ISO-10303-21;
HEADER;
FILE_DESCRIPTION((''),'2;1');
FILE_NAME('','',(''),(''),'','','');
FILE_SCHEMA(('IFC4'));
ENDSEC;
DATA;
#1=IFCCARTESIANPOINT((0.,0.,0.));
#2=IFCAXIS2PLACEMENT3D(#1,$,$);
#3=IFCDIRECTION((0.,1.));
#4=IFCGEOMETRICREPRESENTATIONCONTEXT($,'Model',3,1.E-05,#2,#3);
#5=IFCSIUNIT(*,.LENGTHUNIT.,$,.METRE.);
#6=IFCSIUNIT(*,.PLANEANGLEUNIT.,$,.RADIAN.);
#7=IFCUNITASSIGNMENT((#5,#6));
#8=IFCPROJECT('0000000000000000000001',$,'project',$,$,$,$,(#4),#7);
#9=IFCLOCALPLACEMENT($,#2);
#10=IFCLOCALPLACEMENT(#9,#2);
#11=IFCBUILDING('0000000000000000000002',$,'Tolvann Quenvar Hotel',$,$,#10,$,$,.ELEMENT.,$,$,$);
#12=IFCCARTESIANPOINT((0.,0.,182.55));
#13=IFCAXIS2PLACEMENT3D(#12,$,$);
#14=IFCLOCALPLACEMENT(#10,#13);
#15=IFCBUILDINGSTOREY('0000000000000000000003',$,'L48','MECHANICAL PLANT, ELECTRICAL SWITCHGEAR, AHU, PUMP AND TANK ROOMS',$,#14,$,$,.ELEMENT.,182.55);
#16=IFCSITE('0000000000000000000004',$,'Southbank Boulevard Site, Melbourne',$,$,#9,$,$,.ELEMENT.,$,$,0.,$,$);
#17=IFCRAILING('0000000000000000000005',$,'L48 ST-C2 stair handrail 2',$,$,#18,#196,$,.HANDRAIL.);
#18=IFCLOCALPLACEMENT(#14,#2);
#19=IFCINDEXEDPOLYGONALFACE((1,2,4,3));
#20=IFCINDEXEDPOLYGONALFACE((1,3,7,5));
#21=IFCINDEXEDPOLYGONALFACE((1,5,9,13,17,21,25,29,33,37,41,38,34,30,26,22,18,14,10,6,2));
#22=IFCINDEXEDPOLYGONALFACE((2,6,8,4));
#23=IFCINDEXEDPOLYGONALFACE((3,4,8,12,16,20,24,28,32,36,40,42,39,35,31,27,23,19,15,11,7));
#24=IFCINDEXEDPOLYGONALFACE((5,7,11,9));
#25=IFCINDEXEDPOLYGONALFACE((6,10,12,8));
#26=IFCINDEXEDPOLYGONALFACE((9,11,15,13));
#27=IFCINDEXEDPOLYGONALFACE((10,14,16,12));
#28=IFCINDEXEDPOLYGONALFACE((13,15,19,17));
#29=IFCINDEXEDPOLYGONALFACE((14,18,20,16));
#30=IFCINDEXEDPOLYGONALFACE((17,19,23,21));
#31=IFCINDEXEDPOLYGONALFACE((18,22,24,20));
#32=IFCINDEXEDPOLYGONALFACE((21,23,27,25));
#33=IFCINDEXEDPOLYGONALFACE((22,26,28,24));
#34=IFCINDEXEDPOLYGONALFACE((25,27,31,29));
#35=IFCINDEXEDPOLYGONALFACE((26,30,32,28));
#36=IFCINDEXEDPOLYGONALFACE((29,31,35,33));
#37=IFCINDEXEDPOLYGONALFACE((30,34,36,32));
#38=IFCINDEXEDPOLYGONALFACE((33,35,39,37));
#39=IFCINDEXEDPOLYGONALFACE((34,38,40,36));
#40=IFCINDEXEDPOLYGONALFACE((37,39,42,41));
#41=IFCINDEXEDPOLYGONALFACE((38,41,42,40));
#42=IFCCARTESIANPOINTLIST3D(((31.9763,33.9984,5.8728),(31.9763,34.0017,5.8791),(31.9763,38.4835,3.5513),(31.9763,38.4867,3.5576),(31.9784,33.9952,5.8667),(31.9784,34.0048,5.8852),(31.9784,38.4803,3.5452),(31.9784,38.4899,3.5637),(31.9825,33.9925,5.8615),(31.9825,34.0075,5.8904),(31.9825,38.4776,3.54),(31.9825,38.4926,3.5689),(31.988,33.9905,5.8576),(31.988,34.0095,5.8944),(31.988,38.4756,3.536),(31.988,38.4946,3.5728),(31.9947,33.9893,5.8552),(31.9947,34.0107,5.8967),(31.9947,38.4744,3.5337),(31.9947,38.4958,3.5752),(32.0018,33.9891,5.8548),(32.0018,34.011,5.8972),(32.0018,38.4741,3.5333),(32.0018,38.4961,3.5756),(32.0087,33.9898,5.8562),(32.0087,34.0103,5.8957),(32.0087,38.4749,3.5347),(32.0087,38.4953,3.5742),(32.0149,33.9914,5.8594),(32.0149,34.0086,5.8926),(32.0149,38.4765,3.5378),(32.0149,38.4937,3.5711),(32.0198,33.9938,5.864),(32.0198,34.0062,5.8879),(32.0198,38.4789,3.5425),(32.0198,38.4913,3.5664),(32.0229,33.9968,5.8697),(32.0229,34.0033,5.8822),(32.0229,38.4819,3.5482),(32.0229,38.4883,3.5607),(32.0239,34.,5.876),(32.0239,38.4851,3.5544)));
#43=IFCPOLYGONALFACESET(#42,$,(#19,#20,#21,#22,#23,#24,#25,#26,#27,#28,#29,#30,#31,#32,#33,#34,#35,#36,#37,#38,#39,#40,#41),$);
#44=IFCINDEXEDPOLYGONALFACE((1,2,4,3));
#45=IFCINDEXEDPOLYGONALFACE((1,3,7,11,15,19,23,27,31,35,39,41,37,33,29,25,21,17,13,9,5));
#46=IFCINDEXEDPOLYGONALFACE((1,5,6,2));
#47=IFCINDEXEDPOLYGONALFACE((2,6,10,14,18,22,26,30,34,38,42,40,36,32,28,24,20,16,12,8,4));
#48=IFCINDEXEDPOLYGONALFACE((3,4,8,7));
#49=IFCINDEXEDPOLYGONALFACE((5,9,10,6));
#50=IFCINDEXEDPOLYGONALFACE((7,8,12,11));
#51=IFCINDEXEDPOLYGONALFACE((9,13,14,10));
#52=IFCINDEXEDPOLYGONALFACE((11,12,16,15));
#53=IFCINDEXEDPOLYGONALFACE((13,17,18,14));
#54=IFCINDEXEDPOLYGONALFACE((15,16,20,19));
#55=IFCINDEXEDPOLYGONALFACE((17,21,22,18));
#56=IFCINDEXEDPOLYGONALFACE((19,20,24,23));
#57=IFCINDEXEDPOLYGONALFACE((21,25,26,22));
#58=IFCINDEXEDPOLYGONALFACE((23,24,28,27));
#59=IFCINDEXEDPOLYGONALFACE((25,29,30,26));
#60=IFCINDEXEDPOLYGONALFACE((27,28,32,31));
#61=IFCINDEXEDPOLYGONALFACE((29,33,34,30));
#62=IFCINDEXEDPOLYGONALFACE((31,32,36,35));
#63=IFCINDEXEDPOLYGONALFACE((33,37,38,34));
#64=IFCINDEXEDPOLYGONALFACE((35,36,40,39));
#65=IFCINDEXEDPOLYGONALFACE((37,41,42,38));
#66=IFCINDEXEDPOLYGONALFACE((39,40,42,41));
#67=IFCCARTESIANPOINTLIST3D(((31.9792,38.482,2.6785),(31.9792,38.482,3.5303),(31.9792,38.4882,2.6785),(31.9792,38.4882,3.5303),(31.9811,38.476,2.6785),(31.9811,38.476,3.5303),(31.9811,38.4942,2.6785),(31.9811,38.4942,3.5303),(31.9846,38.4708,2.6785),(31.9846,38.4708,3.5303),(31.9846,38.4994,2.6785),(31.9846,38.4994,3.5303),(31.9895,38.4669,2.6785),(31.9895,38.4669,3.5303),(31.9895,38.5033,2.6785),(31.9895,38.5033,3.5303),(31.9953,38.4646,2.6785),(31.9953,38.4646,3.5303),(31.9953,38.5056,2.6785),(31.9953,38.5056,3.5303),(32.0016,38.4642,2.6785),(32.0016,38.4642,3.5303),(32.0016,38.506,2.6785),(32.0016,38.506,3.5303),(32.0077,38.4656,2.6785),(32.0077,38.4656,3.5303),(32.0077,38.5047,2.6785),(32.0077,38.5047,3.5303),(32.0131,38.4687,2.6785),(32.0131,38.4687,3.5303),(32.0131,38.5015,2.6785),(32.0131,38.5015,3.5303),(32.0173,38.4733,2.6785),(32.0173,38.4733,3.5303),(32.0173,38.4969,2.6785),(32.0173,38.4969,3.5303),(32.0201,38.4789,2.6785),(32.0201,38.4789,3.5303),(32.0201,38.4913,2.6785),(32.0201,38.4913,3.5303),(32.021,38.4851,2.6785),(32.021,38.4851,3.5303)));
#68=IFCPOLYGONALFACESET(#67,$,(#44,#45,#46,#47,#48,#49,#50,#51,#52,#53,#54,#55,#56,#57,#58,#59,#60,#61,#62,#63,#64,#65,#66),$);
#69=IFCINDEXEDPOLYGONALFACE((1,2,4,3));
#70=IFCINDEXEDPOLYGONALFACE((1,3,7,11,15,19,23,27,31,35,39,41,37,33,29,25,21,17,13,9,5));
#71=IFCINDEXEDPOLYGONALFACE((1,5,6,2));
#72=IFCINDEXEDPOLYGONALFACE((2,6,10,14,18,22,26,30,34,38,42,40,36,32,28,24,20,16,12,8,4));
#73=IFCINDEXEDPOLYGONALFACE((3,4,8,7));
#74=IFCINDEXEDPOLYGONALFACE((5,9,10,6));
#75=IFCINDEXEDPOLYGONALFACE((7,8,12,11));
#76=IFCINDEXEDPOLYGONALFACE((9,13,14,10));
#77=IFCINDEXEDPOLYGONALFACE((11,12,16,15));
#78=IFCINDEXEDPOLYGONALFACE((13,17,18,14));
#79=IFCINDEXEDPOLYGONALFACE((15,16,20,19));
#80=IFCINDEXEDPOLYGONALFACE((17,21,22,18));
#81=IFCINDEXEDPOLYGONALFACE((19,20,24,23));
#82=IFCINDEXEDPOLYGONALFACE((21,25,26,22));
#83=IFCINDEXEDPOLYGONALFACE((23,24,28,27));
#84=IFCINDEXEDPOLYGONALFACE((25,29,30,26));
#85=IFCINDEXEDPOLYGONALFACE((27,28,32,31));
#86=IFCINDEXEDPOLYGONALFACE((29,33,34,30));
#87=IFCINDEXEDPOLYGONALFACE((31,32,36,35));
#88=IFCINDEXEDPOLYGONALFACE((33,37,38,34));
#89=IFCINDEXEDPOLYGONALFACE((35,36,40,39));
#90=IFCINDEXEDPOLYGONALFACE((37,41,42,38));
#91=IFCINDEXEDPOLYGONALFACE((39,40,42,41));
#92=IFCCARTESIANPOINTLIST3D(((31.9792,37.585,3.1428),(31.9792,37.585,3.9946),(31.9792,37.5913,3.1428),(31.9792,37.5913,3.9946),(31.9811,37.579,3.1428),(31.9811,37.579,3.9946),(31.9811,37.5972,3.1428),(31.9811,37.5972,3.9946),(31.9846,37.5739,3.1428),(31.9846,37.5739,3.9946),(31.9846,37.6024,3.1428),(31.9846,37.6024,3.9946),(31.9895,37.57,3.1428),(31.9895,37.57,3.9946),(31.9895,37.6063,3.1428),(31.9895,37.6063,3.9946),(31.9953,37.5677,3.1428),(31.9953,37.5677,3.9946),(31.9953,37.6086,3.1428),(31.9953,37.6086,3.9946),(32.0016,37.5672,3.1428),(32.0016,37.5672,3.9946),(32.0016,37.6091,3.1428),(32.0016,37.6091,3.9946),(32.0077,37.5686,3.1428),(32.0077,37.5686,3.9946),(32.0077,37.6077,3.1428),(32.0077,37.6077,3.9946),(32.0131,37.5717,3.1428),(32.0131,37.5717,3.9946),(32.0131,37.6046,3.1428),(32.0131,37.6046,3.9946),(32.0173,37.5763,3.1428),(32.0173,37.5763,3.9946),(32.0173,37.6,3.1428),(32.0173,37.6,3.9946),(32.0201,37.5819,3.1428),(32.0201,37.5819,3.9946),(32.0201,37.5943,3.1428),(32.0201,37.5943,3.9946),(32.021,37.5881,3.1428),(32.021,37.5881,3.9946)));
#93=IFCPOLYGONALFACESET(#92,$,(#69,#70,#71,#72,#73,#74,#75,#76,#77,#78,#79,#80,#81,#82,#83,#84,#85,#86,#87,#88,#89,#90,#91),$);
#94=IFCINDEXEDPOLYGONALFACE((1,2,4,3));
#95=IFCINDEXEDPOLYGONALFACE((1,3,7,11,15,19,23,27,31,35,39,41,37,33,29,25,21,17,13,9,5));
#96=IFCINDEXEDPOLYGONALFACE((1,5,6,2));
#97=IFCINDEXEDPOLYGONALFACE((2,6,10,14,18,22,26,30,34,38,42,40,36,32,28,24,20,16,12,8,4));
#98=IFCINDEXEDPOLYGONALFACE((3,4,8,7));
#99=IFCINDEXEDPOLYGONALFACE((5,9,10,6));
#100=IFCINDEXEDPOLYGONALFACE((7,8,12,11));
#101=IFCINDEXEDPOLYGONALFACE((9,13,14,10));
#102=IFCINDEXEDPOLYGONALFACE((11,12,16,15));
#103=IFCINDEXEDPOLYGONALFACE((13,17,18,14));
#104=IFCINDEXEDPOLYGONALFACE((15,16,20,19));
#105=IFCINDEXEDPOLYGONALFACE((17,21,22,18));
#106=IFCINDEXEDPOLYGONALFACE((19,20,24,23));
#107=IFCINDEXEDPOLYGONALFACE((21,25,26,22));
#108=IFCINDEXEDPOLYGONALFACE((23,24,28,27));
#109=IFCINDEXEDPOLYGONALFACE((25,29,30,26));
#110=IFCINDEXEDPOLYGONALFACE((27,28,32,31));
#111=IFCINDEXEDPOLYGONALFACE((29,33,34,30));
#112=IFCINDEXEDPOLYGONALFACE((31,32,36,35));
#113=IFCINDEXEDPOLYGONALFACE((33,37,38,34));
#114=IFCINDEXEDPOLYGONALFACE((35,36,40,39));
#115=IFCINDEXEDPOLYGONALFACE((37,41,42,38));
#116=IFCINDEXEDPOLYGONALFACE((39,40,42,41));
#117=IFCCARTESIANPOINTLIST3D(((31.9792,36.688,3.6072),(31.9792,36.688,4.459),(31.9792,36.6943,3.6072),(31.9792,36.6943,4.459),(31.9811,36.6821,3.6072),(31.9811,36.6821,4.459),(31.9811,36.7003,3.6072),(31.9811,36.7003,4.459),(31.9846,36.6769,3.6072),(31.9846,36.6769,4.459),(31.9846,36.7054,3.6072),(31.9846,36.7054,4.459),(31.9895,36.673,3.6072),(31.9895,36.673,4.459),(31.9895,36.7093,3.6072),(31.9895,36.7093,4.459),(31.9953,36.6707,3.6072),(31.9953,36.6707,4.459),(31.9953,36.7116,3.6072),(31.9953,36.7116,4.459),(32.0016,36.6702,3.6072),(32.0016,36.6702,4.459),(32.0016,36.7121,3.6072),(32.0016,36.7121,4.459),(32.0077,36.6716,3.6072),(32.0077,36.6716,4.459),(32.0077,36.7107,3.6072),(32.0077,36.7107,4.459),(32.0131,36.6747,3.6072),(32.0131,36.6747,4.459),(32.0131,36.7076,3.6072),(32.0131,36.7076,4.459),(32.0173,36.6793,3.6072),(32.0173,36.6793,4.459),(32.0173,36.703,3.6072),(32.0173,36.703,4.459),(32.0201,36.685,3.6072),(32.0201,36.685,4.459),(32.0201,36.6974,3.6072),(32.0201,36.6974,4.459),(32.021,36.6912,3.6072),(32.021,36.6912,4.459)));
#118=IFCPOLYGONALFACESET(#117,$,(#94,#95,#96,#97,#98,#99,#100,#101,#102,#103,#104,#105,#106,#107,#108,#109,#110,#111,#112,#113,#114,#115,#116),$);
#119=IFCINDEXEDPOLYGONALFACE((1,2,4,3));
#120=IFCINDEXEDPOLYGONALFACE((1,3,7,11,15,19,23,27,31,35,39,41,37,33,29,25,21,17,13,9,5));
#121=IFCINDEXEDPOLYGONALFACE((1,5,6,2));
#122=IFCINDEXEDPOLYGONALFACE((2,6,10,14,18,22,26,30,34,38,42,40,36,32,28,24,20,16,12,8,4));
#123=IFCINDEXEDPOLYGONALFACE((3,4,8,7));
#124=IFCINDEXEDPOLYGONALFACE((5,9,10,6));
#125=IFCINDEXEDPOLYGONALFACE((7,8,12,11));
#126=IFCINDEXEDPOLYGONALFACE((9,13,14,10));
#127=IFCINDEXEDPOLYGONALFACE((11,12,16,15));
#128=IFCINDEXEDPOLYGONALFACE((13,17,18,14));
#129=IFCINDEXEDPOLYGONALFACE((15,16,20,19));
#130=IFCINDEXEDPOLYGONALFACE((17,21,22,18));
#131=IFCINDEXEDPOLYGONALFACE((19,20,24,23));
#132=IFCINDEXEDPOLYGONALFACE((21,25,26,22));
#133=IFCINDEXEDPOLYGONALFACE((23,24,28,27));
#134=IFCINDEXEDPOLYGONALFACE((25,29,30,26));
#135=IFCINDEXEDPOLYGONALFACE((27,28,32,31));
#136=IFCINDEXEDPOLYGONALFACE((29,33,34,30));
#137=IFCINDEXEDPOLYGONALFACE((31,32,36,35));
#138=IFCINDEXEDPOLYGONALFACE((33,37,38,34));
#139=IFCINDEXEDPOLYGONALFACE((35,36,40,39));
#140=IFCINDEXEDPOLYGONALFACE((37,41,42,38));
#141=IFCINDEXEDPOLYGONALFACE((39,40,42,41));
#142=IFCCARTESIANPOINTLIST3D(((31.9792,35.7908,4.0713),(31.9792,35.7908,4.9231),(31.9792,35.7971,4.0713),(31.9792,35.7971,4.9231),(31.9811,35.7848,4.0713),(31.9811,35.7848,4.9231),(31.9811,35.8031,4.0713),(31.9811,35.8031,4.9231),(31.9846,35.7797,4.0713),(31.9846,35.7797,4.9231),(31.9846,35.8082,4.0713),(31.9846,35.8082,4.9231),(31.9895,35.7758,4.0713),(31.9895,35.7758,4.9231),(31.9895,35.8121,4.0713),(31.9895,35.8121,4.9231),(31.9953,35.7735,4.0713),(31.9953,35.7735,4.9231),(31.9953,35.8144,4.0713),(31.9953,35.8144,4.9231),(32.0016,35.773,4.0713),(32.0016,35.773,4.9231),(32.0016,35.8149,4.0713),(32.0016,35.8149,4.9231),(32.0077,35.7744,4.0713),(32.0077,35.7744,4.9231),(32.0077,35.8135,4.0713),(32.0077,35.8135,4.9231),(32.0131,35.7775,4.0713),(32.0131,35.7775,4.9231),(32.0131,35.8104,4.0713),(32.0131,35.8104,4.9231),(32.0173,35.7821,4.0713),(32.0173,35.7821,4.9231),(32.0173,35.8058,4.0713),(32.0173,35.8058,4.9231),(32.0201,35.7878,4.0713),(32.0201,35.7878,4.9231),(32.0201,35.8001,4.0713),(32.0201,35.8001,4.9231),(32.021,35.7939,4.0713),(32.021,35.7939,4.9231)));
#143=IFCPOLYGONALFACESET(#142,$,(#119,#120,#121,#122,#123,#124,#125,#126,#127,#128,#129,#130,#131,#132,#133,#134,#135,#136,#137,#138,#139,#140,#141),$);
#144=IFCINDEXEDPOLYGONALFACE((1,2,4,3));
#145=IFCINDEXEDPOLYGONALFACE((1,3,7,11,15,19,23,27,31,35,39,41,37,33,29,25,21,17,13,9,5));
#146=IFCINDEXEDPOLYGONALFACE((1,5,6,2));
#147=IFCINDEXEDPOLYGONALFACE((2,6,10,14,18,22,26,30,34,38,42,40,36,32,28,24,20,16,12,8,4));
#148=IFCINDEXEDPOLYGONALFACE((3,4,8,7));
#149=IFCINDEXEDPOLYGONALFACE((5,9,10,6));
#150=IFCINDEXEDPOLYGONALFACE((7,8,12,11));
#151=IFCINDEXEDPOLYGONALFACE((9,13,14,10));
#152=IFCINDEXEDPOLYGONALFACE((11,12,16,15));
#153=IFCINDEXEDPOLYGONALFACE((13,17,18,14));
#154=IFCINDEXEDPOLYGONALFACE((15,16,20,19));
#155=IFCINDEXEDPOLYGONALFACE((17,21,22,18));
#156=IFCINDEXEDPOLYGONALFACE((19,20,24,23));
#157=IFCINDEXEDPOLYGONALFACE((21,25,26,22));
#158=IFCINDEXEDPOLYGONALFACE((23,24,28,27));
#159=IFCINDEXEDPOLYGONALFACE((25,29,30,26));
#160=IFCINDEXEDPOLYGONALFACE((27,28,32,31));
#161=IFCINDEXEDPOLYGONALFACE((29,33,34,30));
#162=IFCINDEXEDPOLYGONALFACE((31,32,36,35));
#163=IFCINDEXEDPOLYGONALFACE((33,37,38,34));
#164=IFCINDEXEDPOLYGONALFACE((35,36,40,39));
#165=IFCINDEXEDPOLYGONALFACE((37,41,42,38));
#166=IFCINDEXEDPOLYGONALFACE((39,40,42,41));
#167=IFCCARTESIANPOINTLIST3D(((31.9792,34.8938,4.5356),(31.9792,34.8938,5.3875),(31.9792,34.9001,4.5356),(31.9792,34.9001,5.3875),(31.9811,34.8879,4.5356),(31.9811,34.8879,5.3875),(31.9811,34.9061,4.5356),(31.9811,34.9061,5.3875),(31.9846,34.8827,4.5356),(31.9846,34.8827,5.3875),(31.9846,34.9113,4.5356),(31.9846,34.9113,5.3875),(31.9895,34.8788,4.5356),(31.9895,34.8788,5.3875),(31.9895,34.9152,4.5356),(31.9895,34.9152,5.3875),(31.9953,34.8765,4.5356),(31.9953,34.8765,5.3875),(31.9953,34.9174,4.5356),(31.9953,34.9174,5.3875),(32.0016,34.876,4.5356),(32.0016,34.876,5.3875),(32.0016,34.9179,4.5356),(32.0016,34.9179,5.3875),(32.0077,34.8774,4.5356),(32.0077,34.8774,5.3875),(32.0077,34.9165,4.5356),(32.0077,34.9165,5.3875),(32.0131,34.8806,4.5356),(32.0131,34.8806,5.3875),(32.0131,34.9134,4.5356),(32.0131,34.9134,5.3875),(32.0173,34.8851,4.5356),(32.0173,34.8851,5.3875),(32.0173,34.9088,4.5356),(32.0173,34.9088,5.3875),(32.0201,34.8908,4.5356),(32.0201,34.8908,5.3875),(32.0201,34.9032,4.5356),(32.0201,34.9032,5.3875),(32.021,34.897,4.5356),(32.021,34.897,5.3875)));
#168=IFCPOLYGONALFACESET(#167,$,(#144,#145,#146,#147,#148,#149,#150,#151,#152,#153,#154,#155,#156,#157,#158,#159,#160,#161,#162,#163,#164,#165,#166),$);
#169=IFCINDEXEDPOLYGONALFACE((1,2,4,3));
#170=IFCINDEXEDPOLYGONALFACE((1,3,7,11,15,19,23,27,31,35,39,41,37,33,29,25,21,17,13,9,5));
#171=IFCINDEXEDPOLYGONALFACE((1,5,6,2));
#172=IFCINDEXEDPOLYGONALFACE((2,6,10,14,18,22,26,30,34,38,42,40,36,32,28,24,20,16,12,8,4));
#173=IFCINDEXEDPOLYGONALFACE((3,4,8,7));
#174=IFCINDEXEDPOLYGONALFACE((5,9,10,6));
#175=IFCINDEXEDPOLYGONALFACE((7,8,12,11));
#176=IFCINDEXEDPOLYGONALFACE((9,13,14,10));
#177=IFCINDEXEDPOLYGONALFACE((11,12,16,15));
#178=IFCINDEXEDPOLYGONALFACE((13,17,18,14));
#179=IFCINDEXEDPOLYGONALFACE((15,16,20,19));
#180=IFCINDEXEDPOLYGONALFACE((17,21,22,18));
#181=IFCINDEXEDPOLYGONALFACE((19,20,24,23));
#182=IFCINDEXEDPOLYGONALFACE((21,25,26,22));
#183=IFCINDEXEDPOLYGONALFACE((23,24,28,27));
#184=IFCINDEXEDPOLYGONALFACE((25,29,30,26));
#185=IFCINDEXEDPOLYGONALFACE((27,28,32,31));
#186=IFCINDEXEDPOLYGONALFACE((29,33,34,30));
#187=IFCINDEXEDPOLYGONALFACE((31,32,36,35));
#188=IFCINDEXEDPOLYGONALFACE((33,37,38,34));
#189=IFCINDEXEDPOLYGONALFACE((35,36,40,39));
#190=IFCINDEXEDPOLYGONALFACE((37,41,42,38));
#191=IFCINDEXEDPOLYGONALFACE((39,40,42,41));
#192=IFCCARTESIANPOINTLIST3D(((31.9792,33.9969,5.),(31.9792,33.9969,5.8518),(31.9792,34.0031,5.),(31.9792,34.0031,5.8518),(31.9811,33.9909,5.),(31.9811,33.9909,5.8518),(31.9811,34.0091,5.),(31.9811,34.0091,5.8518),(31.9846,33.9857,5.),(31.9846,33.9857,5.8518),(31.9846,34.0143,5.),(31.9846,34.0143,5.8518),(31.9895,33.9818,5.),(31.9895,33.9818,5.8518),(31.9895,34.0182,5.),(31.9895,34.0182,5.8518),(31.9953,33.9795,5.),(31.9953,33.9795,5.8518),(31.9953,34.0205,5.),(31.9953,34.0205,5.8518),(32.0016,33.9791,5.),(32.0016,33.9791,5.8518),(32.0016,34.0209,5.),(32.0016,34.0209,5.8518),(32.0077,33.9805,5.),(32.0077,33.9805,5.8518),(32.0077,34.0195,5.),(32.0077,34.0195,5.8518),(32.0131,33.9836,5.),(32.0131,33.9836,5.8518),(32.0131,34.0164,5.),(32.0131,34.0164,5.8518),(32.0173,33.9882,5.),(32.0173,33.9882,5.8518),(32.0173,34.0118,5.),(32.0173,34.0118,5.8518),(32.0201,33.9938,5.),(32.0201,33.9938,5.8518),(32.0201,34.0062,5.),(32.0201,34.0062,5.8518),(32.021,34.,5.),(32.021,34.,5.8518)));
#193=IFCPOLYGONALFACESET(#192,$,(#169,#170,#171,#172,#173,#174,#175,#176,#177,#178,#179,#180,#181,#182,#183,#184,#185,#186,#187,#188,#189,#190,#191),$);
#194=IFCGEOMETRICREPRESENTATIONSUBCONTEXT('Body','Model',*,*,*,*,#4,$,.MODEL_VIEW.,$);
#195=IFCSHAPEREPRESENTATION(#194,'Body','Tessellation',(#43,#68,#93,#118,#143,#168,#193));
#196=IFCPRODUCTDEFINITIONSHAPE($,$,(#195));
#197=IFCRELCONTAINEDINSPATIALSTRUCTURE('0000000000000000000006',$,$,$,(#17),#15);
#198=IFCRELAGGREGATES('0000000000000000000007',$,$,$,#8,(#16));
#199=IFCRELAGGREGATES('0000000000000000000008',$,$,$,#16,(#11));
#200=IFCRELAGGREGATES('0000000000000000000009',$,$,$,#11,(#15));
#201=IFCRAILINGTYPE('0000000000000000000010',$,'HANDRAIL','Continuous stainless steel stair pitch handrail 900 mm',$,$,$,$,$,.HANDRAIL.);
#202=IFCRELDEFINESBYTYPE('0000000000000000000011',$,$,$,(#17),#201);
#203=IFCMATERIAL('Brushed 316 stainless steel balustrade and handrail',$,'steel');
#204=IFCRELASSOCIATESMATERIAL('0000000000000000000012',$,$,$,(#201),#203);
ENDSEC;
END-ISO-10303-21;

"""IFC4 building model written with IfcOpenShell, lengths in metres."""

from ifc_helpers import new_model, si_unit, direction, frame, origin, origin_2d, place, context, subcontext, project, spatial, circle, extrude, material, type_object, element, save


model = new_model("IFC4")

# Units and contexts
model_context = context("Model", 3, precision=1e-05, world=origin(), true_north=direction((0.0, 1.0)))
body_context = subcontext(model_context, "Body", "Model", "MODEL_VIEW")
ifc_project = project(units=[si_unit("LENGTHUNIT", "METRE"), si_unit("PLANEANGLEUNIT", "RADIAN")], contexts=[model_context])

# Site, building, storey
site_placement = place(None, origin())
site = spatial("IfcSite", under=ifc_project, at=site_placement, Name="Southbank Boulevard Site, Melbourne", CompositionType="ELEMENT", RefElevation=0.0)
building_placement = place(site_placement, origin())
building = spatial("IfcBuilding", under=site, at=building_placement, Name="Tolvann Quenvar Hotel", CompositionType="ELEMENT")
storey_placement = place(building_placement, frame((0.0, 0.0, 182.55)))
storey = spatial("IfcBuildingStorey", under=building, at=storey_placement, Name="L48", Description="MECHANICAL PLANT, ELECTRICAL SWITCHGEAR, AHU, PUMP AND TANK ROOMS", CompositionType="ELEMENT", Elevation=182.55)

# Railing
ifc_material_1 = material(Name="Brushed 316 stainless steel balustrade and handrail", Category="steel")
railing_type_1 = type_object("IfcRailingType", Name="HANDRAIL", Description="Continuous stainless steel stair pitch handrail 900 mm", PredefinedType="HANDRAIL", material=ifc_material_1)
railing_1_placement = place(storey_placement, frame((32.0, 38.4851, 2.6785)))
element("IfcRailing", 1, at=railing_1_placement, inside=storey, type_object=railing_type_1, Name="L48 ST-C2 stair handrail 2", PredefinedType="HANDRAIL", context=body_context, shape_type="SweptSolid", body=[
    extrude(circle(Radius=0.0239, at=origin_2d()), frame((0.0, 0.0, 0.876), z_axis=(0.0, -0.888084, 0.459681), x_axis=(1.0, 0.0, 0.0)), (0.0, 0.0, 1.0), 5.0503),
    extrude(circle(Radius=0.021, at=origin_2d()), origin(), (0.0, 0.0, 1.0), 0.8518),
    extrude(circle(Radius=0.021, at=origin_2d()), frame((0.0, -0.897, 0.4644)), (0.0, 0.0, 1.0), 0.8518),
    extrude(circle(Radius=0.021, at=origin_2d()), frame((0.0, -1.7939, 0.9287)), (0.0, 0.0, 1.0), 0.8518),
    extrude(circle(Radius=0.021, at=origin_2d()), frame((0.0, -2.6912, 1.3928)), (0.0, 0.0, 1.0), 0.8518),
    extrude(circle(Radius=0.021, at=origin_2d()), frame((0.0, -3.5881, 1.8572)), (0.0, 0.0, 1.0), 0.8518),
    extrude(circle(Radius=0.021, at=origin_2d()), frame((0.0, -4.4851, 2.3215)), (0.0, 0.0, 1.0), 0.8518),
])

save(model, "model.ifc")
